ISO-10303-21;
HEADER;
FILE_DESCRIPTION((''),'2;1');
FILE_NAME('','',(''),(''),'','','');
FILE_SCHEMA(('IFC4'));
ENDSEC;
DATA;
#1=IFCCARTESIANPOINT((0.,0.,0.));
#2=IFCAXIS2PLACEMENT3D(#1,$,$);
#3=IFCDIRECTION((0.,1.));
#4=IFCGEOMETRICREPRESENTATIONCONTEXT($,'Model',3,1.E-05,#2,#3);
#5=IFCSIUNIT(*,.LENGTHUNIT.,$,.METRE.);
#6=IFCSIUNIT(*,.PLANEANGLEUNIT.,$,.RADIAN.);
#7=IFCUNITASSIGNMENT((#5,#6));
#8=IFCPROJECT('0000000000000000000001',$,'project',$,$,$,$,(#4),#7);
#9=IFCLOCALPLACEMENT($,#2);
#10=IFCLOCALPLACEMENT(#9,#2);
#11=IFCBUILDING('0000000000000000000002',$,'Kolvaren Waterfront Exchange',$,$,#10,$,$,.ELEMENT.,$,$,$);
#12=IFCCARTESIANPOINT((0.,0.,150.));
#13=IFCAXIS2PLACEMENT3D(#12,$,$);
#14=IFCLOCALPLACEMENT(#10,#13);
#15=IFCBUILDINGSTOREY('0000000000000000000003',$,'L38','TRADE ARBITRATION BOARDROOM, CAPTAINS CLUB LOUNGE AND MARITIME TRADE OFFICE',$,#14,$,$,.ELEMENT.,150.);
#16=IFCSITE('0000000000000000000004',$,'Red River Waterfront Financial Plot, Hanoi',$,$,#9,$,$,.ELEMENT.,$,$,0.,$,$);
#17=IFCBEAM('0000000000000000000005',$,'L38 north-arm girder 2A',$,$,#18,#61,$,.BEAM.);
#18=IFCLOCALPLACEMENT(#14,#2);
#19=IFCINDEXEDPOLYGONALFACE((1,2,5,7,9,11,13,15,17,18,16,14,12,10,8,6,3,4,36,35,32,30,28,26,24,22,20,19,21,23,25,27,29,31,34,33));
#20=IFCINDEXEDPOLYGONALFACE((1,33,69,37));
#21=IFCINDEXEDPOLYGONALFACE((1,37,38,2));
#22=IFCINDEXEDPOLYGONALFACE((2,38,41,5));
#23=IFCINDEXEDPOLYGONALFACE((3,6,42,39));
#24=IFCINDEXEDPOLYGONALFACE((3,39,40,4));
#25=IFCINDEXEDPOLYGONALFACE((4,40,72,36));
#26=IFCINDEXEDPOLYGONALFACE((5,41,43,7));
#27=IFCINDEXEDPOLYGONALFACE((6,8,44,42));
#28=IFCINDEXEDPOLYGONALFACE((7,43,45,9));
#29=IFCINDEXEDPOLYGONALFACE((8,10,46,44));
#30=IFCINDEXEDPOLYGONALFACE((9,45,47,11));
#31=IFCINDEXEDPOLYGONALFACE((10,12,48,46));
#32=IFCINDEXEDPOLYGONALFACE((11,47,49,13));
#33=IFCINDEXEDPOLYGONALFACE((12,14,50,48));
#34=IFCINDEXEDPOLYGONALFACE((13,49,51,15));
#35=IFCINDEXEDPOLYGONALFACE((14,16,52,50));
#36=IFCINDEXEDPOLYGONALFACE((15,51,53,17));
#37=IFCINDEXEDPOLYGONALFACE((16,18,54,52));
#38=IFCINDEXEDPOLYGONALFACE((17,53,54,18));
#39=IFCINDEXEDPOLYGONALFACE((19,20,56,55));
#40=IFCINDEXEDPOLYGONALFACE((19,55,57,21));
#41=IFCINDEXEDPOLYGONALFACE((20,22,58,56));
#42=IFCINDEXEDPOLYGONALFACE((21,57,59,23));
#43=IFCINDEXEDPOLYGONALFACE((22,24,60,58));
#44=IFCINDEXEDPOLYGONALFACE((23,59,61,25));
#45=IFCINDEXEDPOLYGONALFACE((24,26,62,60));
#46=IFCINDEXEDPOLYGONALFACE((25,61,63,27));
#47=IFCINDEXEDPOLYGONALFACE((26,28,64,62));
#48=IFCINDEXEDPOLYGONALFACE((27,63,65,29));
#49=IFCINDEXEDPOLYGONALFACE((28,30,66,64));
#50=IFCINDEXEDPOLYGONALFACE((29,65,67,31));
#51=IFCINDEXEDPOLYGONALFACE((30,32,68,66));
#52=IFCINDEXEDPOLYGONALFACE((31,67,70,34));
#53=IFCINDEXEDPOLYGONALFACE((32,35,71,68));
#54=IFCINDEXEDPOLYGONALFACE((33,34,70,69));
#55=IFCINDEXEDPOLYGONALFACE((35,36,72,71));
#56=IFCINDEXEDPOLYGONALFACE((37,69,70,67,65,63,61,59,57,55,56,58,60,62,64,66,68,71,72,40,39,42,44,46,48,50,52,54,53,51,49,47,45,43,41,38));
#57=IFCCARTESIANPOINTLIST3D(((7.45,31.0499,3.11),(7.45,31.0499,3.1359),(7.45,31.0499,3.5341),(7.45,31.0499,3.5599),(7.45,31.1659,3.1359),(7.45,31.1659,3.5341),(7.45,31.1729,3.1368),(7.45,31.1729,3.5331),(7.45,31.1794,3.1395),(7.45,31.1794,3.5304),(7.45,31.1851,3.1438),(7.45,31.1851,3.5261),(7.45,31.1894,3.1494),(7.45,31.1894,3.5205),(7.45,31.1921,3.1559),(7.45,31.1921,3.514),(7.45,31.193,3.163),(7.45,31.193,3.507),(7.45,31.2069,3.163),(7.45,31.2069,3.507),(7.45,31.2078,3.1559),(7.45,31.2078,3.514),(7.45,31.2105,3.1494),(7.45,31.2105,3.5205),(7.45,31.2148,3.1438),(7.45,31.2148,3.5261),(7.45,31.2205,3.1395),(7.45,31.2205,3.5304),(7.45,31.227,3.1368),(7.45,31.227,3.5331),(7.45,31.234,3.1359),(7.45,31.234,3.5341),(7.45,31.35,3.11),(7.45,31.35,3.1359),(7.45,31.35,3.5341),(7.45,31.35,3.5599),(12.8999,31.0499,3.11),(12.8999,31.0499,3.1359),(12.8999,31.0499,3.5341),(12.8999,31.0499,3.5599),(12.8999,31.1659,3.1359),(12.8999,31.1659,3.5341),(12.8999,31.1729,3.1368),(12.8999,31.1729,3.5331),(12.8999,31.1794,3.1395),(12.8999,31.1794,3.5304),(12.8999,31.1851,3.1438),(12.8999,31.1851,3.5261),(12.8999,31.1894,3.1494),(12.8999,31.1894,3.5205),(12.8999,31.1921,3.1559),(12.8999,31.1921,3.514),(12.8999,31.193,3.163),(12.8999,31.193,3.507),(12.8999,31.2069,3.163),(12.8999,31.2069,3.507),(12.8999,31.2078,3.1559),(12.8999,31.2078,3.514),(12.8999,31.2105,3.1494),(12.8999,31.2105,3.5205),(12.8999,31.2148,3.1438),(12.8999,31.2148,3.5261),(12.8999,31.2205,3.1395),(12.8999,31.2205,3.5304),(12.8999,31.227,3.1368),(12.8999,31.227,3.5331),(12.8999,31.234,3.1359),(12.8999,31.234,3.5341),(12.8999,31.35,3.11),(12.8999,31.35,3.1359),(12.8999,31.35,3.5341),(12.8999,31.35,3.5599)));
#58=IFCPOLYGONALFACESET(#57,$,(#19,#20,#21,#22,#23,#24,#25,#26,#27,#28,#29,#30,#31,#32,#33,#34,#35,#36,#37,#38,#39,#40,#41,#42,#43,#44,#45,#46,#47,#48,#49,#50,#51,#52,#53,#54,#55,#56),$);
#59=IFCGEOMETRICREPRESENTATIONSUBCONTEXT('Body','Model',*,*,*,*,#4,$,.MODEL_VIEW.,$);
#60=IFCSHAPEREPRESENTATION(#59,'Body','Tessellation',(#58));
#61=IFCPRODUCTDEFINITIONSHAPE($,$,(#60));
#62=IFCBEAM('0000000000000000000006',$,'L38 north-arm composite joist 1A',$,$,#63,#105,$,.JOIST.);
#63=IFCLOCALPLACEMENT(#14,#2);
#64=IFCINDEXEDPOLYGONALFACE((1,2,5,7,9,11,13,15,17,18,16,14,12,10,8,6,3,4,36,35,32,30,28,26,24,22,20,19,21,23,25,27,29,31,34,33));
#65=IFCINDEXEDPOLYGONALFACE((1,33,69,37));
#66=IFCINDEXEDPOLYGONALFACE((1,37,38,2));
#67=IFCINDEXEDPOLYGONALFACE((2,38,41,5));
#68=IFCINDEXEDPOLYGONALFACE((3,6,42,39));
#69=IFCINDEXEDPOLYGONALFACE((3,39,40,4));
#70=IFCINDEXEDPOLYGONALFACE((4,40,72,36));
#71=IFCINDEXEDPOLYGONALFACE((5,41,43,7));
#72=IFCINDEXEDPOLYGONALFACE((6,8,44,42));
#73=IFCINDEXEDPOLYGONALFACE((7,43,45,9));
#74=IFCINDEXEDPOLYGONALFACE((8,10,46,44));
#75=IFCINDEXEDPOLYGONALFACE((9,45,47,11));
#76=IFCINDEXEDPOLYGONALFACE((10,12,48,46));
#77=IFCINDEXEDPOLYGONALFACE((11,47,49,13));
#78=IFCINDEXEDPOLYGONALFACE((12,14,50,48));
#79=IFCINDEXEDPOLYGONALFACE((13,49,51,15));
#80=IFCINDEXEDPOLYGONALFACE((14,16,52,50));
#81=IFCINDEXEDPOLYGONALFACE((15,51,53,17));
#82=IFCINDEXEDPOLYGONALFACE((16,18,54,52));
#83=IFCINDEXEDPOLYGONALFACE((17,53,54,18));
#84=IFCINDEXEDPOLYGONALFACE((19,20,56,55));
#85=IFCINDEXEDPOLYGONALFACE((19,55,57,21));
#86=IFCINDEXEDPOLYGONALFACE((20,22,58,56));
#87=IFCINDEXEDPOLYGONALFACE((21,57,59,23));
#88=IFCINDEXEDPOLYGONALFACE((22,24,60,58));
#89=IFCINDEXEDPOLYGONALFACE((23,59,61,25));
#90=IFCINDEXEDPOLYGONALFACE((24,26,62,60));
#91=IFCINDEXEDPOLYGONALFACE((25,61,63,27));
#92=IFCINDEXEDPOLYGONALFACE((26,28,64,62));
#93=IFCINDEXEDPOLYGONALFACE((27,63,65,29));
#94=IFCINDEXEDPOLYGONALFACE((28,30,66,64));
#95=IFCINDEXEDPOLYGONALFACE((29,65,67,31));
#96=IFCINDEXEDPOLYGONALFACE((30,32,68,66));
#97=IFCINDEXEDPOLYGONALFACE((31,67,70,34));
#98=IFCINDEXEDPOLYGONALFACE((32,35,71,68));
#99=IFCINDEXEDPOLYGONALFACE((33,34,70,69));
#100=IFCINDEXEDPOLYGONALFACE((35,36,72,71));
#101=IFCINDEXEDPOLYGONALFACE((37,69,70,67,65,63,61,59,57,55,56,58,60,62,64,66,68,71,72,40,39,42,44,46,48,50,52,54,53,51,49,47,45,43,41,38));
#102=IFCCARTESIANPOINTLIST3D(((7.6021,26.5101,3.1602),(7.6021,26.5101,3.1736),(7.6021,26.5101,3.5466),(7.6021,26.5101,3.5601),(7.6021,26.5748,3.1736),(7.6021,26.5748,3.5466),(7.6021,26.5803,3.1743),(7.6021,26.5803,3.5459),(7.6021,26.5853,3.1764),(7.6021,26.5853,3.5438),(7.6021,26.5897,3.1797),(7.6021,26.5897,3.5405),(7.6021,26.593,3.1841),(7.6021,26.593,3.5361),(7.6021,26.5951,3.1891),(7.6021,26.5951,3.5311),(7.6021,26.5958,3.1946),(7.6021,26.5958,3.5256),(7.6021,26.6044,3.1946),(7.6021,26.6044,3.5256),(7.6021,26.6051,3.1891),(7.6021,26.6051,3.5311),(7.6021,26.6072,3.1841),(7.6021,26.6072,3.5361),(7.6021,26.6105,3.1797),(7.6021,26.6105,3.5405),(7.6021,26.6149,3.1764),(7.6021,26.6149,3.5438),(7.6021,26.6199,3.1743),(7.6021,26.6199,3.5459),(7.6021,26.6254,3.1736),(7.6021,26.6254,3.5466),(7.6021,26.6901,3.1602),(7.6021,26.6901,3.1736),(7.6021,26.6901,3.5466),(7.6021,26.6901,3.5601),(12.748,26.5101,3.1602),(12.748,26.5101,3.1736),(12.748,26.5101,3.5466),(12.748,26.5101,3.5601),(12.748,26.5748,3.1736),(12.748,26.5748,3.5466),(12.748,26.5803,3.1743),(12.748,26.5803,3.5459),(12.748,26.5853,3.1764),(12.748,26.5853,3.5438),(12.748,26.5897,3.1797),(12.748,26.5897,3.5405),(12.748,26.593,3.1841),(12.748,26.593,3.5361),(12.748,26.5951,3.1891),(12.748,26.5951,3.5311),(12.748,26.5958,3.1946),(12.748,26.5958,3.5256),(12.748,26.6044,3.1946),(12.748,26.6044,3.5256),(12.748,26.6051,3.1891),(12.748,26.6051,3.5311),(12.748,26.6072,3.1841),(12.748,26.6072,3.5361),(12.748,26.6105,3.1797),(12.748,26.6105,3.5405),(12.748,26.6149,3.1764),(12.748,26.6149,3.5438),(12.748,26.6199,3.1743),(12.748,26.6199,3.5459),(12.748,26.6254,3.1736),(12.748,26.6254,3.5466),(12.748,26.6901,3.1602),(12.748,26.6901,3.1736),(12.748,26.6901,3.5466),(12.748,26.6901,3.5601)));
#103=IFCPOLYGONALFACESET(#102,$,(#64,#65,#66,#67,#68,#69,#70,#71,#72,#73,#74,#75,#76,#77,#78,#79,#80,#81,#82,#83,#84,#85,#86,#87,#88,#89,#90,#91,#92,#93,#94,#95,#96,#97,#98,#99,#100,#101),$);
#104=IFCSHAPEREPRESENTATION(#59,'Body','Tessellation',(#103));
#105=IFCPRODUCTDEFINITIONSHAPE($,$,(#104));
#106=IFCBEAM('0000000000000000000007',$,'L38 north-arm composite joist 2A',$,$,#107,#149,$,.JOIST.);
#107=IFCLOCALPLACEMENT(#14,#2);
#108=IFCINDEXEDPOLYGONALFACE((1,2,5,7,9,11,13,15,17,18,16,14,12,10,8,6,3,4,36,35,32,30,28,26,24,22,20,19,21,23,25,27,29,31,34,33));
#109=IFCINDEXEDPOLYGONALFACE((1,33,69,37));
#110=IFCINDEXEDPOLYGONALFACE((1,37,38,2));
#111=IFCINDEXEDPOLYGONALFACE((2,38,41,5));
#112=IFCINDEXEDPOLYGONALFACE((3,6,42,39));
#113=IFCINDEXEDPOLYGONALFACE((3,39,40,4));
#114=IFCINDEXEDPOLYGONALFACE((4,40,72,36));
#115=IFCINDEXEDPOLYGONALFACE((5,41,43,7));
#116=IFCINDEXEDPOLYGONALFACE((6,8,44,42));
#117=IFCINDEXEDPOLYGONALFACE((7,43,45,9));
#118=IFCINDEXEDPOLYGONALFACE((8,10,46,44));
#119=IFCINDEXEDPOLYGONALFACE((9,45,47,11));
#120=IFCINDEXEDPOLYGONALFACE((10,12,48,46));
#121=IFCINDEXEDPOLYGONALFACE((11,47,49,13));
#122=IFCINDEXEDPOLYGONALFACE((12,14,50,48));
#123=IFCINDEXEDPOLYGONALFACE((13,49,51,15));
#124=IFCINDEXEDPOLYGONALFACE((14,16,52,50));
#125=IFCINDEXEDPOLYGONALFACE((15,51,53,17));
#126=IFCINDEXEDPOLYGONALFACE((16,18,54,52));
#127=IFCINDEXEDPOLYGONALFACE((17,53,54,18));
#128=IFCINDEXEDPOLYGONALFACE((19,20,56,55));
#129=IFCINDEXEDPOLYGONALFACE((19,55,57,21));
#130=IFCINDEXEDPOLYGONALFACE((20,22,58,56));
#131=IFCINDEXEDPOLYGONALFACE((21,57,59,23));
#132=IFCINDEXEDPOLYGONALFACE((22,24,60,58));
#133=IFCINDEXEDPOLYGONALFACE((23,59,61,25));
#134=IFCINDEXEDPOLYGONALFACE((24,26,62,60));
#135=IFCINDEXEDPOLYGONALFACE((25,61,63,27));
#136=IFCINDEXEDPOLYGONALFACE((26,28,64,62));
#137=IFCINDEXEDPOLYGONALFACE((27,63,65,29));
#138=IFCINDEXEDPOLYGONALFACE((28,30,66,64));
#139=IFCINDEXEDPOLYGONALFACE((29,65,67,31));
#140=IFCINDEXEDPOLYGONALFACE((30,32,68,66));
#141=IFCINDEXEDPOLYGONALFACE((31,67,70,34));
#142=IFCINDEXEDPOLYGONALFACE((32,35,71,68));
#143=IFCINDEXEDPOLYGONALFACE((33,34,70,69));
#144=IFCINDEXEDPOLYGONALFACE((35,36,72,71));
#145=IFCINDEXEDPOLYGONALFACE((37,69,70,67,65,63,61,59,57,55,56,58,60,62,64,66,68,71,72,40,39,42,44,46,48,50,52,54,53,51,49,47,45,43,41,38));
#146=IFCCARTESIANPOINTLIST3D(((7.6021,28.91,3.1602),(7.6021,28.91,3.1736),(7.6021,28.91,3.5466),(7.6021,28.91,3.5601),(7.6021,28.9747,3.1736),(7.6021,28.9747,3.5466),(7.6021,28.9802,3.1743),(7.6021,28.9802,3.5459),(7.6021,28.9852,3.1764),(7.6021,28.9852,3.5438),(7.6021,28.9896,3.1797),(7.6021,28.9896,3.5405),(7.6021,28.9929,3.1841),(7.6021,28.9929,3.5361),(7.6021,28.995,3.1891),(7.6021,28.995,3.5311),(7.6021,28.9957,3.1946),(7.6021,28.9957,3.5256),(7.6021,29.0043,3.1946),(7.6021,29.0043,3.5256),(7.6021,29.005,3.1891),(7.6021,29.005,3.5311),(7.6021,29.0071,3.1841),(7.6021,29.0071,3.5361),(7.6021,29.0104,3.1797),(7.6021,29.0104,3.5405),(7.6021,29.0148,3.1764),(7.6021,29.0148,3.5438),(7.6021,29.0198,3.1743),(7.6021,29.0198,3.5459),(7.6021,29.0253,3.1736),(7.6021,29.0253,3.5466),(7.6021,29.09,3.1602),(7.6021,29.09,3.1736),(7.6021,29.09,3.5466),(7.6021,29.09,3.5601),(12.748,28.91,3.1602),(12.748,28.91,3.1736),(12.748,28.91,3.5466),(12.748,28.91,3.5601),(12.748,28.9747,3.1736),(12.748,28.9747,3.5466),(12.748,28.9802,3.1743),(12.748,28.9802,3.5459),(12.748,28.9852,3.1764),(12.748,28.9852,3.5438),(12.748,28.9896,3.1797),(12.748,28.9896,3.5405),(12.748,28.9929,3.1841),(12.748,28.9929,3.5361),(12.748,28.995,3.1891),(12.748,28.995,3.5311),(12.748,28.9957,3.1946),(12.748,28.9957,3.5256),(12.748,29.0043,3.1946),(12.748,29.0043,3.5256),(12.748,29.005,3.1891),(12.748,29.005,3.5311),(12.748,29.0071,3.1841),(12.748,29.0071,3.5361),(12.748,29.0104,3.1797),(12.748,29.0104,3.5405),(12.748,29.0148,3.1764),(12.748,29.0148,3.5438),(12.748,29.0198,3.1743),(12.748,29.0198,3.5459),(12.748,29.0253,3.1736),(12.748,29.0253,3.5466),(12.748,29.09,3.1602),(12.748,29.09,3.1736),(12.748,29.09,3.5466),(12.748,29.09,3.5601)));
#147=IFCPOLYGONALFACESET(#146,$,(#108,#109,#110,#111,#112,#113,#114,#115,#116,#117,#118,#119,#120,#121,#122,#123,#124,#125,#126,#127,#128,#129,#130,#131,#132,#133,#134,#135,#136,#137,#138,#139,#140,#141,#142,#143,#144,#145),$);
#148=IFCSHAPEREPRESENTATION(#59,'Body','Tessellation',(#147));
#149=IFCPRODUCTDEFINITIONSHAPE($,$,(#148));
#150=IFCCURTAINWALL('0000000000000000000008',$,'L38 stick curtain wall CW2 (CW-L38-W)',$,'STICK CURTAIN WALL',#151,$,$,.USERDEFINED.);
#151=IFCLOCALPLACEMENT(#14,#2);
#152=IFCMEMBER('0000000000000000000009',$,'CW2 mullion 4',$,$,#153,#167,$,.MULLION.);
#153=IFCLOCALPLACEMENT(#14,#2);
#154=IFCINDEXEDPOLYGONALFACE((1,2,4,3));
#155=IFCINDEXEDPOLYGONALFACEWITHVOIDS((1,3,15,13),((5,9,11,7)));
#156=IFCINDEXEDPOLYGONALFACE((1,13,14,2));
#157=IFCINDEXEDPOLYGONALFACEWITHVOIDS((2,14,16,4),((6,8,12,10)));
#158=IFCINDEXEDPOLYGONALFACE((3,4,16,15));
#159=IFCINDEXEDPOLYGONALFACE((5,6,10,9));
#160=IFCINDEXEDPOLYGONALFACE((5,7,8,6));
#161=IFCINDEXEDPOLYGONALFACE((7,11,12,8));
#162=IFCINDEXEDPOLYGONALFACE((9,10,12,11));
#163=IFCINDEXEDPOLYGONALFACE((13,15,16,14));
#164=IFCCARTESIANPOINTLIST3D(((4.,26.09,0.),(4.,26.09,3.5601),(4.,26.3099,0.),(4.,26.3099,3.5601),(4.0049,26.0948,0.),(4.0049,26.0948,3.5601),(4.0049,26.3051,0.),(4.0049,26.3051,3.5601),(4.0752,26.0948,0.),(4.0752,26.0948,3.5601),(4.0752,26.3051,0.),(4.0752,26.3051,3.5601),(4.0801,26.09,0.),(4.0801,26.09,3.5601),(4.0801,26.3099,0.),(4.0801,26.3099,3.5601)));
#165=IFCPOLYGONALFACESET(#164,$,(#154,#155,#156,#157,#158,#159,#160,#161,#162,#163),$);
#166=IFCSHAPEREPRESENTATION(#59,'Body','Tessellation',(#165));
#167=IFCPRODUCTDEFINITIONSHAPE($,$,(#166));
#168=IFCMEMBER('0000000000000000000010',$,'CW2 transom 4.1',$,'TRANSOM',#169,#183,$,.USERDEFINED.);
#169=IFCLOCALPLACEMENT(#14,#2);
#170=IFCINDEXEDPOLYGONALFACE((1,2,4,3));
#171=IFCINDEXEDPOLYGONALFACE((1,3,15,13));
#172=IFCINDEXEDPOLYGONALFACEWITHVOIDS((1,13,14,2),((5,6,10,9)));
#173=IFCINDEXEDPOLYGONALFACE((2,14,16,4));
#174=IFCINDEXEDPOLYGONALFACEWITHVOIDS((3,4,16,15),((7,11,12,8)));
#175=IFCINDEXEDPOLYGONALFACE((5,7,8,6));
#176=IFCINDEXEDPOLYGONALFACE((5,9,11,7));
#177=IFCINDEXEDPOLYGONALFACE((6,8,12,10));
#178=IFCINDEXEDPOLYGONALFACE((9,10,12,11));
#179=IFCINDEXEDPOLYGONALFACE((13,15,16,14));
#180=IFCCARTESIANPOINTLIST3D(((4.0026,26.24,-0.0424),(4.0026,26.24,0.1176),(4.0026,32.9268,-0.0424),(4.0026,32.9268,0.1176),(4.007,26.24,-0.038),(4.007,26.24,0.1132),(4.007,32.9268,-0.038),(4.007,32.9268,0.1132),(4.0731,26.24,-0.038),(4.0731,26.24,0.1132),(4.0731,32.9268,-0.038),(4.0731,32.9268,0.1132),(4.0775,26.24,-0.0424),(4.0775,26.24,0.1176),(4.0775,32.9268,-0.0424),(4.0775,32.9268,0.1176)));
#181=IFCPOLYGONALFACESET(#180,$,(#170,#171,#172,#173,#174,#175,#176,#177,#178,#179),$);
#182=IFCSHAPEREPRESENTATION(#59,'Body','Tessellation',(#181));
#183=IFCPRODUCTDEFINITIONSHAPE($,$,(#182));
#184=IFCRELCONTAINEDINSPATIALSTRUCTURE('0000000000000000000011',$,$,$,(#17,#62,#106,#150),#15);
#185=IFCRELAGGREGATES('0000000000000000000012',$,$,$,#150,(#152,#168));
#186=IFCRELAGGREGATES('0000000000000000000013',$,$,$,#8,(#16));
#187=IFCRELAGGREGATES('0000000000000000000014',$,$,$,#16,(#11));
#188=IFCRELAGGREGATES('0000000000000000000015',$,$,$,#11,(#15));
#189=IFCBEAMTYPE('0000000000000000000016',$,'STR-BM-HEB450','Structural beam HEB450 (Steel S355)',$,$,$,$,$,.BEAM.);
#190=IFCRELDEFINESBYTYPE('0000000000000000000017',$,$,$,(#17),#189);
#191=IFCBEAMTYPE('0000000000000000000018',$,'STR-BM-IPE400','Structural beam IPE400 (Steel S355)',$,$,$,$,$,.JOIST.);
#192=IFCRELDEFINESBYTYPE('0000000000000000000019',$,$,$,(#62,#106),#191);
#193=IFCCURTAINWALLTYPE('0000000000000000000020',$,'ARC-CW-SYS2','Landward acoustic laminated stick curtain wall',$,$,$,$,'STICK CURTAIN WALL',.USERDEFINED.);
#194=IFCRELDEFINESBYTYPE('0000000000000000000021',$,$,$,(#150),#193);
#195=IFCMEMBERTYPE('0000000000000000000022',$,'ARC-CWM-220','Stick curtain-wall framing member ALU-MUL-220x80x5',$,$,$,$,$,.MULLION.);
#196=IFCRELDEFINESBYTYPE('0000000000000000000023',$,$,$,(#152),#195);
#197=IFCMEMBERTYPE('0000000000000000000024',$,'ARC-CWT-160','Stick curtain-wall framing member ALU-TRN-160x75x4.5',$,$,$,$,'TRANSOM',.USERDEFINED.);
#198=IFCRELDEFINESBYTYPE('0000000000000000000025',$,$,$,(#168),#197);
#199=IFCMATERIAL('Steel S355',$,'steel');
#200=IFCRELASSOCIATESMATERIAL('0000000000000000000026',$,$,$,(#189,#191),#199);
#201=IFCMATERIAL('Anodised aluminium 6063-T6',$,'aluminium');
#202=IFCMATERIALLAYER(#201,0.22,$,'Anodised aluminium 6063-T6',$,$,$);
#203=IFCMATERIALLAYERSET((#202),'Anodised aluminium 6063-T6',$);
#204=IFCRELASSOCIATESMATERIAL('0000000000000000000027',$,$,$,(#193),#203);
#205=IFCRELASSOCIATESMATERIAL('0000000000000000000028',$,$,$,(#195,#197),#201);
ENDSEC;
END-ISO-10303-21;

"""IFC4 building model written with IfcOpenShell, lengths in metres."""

from ifc_helpers import new_model, si_unit, direction, frame, origin, origin_with_axes, origin_2d, place, context, subcontext, project, spatial, hollow_rectangle, i_section, extrude, source, transform, mapped, material, layer, layer_set, material_profile, profile_set, type_object, element, aggregate, save


model = new_model("IFC4")

# Units and contexts
model_context = context("Model", 3, precision=1e-05, world=origin(), true_north=direction((0.0, 1.0)))
body_context = subcontext(model_context, "Body", "Model", "MODEL_VIEW")
ifc_project = project(units=[si_unit("LENGTHUNIT", "METRE"), si_unit("PLANEANGLEUNIT", "RADIAN")], contexts=[model_context])

# Site, building, storey
site_placement = place(None, origin())
site = spatial("IfcSite", under=ifc_project, at=site_placement, Name="Red River Waterfront Financial Plot, Hanoi", CompositionType="ELEMENT", RefElevation=0.0)
building_placement = place(site_placement, origin())
building = spatial("IfcBuilding", under=site, at=building_placement, Name="Kolvaren Waterfront Exchange", CompositionType="ELEMENT")
storey_placement = place(building_placement, frame((0.0, 0.0, 150.0)))
storey = spatial("IfcBuildingStorey", under=building, at=storey_placement, Name="L38", Description="TRADE ARBITRATION BOARDROOM, CAPTAINS CLUB LOUNGE AND MARITIME TRADE OFFICE", CompositionType="ELEMENT", Elevation=150.0)

# Beams
ifc_material_1 = material(Name="Steel S355", Category="steel")
ifc_material_profile_1 = material_profile(ifc_material_1, i_section(OverallWidth=0.3, OverallDepth=0.45, WebThickness=0.0139, FlangeThickness=0.0259, FilletRadius=0.0271, at=origin_2d()), Name="HEB450")
ifc_profile_set_1 = profile_set([ifc_material_profile_1], Name="Steel S355")
beam_type_1 = type_object("IfcBeamType", Name="STR-BM-HEB450", Description="Structural beam HEB450 (Steel S355)", PredefinedType="BEAM", material=ifc_profile_set_1)
for number, where, z_axis, x_axis, name in (
    (1, (7.45, 31.2, 3.335), (1.0, 0.0, 0.0), (0.0, 1.0, 0.0), "L38 north-arm girder 2A"),
):
    element("IfcBeam", number, at=place(storey_placement, frame(where, z_axis=z_axis, x_axis=x_axis)), inside=storey, type_object=beam_type_1, Name=name, PredefinedType="BEAM", context=body_context, shape_type="SweptSolid", body=[
        extrude(i_section(OverallWidth=0.3, OverallDepth=0.45, WebThickness=0.0139, FlangeThickness=0.0259, FilletRadius=0.0271, at=origin_2d()), origin(), (0.0, 0.0, 1.0), 5.45),
    ])
ifc_material_profile_2 = material_profile(ifc_material_1, i_section(OverallWidth=0.1799, OverallDepth=0.3999, WebThickness=0.0085, FlangeThickness=0.0134, FilletRadius=0.021, at=origin_2d()), Name="IPE400")
ifc_profile_set_2 = profile_set([ifc_material_profile_2], Name="Steel S355")
beam_type_2 = type_object("IfcBeamType", Name="STR-BM-IPE400", Description="Structural beam IPE400 (Steel S355)", PredefinedType="JOIST", material=ifc_profile_set_2)
for number, where, z_axis, x_axis, name in (
    (2, (7.6021, 26.6001, 3.3601), (1.0, 0.0, 0.0), (0.0, 1.0, 0.0), "L38 north-arm composite joist 1A"),
    (3, (7.6021, 29.0, 3.3601), (1.0, 0.0, 0.0), (0.0, 1.0, 0.0), "L38 north-arm composite joist 2A"),
):
    element("IfcBeam", number, at=place(storey_placement, frame(where, z_axis=z_axis, x_axis=x_axis)), inside=storey, type_object=beam_type_2, Name=name, PredefinedType="JOIST", context=body_context, shape_type="SweptSolid", body=[
        extrude(i_section(OverallWidth=0.1799, OverallDepth=0.3999, WebThickness=0.0085, FlangeThickness=0.0134, FilletRadius=0.021, at=origin_2d()), origin(), (0.0, 0.0, 1.0), 5.146),
    ])

# Curtain wall, members
ifc_material_2 = material(Name="Anodised aluminium 6063-T6", Category="aluminium")
ifc_layer_1 = layer(ifc_material_2, 0.22, Name="Anodised aluminium 6063-T6")
ifc_layer_set_1 = layer_set([ifc_layer_1], Name="Anodised aluminium 6063-T6")
curtain_wall_type = type_object("IfcCurtainWallType", Name="ARC-CW-SYS2", Description="Landward acoustic laminated stick curtain wall", ElementType="STICK CURTAIN WALL", PredefinedType="USERDEFINED", material=ifc_layer_set_1)
curtain_wall_placement = place(storey_placement, origin())
curtain_wall = element("IfcCurtainWall", 4, at=curtain_wall_placement, inside=storey, type_object=curtain_wall_type, Name="L38 stick curtain wall CW2 (CW-L38-W)", ObjectType="STICK CURTAIN WALL", PredefinedType="USERDEFINED")
ifc_material_profile_3 = material_profile(ifc_material_2, hollow_rectangle(XDim=0.0801, YDim=0.22, WallThickness=0.0049, at=origin_2d()), Name="ALU-MUL-220x80x5")
ifc_profile_set_3 = profile_set([ifc_material_profile_3], Name="Anodised aluminium 6063-T6")
member_type_1 = type_object("IfcMemberType", Name="ARC-CWM-220", Description="Stick curtain-wall framing member ALU-MUL-220x80x5", PredefinedType="MULLION", material=ifc_profile_set_3)
shared_shape_1 = source(origin_with_axes(), body_context, "Body", "SweptSolid", [
    extrude(hollow_rectangle(XDim=0.0801, YDim=0.22, WallThickness=0.0049, at=origin_2d()), origin(), (0.0, 0.0, 1.0), 3.5601),
])
member_1_placement = place(storey_placement, frame((4.04, 26.2, 0.0), z_axis=(0.0, 0.0, 1.0), x_axis=(-1.0, 0.0, 0.0)))
member_1 = element("IfcMember", 5, at=member_1_placement, type_object=member_type_1, Name="CW2 mullion 4", PredefinedType="MULLION", context=body_context, shape_type="MappedRepresentation", body=[
    mapped(shared_shape_1, transform((0.0, 0.0, 0.0), x_axis=(1.0, 0.0, 0.0), y_axis=(0.0, 1.0, 0.0), z_axis=(0.0, 0.0, 1.0), scale=1.0)),
])
ifc_material_profile_4 = material_profile(ifc_material_2, hollow_rectangle(XDim=0.075, YDim=0.1599, WallThickness=0.0044, at=origin_2d()), Name="ALU-TRN-160x75x4.5")
ifc_profile_set_4 = profile_set([ifc_material_profile_4], Name="Anodised aluminium 6063-T6")
member_type_2 = type_object("IfcMemberType", Name="ARC-CWT-160", Description="Stick curtain-wall framing member ALU-TRN-160x75x4.5", ElementType="TRANSOM", PredefinedType="USERDEFINED", material=ifc_profile_set_4)
shared_shape_2 = source(origin_with_axes(), body_context, "Body", "SweptSolid", [
    extrude(hollow_rectangle(XDim=0.075, YDim=0.1599, WallThickness=0.0044, at=origin_2d()), origin(), (0.0, 0.0, 1.0), 6.6868),
])
member_2_placement = place(storey_placement, frame((4.04, 26.24, 0.0376), z_axis=(0.0, 1.0, 0.0), x_axis=(-1.0, 0.0, 0.0)))
member_2 = element("IfcMember", 6, at=member_2_placement, type_object=member_type_2, Name="CW2 transom 4.1", ObjectType="TRANSOM", PredefinedType="USERDEFINED", context=body_context, shape_type="MappedRepresentation", body=[
    mapped(shared_shape_2, transform((0.0, 0.0, 0.0), x_axis=(1.0, 0.0, 0.0), y_axis=(0.0, 1.0, 0.0), z_axis=(0.0, 0.0, 1.0), scale=1.0)),
])
aggregate(curtain_wall, [member_1, member_2])

save(model, "model.ifc")
